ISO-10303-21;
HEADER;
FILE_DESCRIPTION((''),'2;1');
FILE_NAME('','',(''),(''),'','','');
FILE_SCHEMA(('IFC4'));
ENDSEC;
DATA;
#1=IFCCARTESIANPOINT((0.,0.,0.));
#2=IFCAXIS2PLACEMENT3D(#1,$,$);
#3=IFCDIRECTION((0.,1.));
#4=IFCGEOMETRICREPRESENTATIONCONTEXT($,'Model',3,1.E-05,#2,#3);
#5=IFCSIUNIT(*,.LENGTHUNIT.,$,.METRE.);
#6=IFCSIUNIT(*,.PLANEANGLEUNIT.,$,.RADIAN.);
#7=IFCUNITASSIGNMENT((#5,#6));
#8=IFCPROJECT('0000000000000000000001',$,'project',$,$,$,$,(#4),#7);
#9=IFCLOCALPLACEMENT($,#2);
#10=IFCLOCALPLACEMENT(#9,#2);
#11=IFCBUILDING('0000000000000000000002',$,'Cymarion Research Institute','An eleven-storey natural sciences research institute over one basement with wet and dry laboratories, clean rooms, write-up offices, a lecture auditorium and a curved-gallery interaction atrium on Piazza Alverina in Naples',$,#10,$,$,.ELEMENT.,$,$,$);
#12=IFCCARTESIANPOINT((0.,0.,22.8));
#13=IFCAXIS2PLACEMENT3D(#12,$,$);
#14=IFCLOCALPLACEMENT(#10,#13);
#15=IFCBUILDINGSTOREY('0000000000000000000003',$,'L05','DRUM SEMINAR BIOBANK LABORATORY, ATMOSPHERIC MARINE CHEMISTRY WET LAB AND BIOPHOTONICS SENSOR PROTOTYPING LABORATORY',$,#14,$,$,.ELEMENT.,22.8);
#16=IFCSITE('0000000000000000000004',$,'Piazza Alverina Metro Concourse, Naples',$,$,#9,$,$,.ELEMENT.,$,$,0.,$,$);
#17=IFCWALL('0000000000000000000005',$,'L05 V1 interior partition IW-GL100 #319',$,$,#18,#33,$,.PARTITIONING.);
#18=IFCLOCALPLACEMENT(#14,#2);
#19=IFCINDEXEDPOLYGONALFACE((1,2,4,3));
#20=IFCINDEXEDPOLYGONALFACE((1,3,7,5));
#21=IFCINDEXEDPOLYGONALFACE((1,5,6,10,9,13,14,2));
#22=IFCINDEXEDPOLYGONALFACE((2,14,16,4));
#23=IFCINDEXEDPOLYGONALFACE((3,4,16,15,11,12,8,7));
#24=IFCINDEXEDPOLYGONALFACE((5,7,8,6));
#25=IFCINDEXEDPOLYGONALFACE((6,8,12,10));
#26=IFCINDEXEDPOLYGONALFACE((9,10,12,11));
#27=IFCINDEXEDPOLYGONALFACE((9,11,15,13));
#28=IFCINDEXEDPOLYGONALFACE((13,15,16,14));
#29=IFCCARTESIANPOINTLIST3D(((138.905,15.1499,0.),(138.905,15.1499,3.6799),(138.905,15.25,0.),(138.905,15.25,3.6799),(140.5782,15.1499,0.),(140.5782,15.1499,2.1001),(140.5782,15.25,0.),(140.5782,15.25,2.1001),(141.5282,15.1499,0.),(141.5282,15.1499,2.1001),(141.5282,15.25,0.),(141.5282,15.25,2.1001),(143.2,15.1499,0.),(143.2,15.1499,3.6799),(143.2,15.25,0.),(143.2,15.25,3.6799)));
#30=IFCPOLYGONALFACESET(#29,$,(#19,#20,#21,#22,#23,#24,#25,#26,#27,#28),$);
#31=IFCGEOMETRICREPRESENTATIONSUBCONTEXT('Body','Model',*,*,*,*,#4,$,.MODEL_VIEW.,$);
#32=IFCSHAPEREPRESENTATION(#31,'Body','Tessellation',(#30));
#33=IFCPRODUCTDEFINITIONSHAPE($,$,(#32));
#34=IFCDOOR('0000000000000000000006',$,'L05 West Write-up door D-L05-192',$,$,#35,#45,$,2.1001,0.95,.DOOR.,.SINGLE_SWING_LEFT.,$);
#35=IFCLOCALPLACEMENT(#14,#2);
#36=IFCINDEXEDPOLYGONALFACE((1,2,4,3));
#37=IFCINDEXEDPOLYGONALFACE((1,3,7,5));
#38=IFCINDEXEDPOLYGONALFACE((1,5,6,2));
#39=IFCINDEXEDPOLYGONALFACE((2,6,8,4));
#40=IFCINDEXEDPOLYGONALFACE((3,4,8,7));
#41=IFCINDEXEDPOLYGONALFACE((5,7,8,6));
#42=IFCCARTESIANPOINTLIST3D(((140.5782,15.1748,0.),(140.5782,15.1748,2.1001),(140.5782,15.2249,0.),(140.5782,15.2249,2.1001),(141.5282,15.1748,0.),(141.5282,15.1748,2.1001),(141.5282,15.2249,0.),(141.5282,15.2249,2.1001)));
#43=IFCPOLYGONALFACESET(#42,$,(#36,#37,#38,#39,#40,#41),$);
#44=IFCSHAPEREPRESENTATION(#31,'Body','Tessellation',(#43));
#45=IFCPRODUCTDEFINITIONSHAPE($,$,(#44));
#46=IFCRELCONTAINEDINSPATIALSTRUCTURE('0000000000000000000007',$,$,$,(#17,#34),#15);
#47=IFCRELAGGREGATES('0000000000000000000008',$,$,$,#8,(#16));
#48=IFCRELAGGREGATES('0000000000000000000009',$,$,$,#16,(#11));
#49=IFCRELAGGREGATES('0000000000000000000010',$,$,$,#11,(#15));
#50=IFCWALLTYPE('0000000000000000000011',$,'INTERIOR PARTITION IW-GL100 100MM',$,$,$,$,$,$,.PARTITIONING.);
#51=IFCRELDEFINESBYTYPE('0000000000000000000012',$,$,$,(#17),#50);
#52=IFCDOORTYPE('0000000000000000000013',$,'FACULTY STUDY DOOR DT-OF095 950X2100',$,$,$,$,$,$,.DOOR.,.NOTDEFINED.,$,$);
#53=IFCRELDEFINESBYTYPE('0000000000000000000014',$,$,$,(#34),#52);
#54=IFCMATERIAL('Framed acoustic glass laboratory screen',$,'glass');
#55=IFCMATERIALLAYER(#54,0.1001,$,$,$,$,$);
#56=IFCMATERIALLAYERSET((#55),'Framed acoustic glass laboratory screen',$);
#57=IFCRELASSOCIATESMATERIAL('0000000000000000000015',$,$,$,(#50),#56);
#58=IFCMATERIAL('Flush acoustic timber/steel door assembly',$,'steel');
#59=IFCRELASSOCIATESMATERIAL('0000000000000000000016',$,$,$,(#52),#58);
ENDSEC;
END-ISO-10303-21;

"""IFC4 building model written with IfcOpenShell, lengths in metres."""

from ifc_helpers import new_model, si_unit, direction, frame, frame_2d, origin, place, context, subcontext, project, spatial, rectangle, extrude, material, layer, layer_set, type_object, element, fill, save


model = new_model("IFC4")

# Units and contexts
model_context = context("Model", 3, precision=1e-05, world=origin(), true_north=direction((0.0, 1.0)))
body_context = subcontext(model_context, "Body", "Model", "MODEL_VIEW")
ifc_project = project(units=[si_unit("LENGTHUNIT", "METRE"), si_unit("PLANEANGLEUNIT", "RADIAN")], contexts=[model_context])

# Site, building, storey
site_placement = place(None, origin())
site = spatial("IfcSite", under=ifc_project, at=site_placement, Name="Piazza Alverina Metro Concourse, Naples", CompositionType="ELEMENT", RefElevation=0.0)
building_placement = place(site_placement, origin())
building = spatial("IfcBuilding", under=site, at=building_placement, Name="Cymarion Research Institute", Description="An eleven-storey natural sciences research institute over one basement with wet and dry laboratories, clean rooms, write-up offices, a lecture auditorium and a curved-gallery interaction atrium on Piazza Alverina in Naples", CompositionType="ELEMENT")
storey_placement = place(building_placement, frame((0.0, 0.0, 22.8)))
storey = spatial("IfcBuildingStorey", under=building, at=storey_placement, Name="L05", Description="DRUM SEMINAR BIOBANK LABORATORY, ATMOSPHERIC MARINE CHEMISTRY WET LAB AND BIOPHOTONICS SENSOR PROTOTYPING LABORATORY", CompositionType="ELEMENT", Elevation=22.8)

# Shared definitions
ifc_material_1 = material(Name="Framed acoustic glass laboratory screen", Category="glass")
ifc_layer_1 = layer(ifc_material_1, 0.1001)
ifc_layer_set_1 = layer_set([ifc_layer_1], Name="Framed acoustic glass laboratory screen")
wall_type_1 = type_object("IfcWallType", Name="INTERIOR PARTITION IW-GL100 100MM", PredefinedType="PARTITIONING", material=ifc_layer_set_1)

# Wall, opening, door
wall_1_placement = place(storey_placement, frame((138.905, 15.2, 0.0), z_axis=(0.0, 0.0, 1.0), x_axis=(1.0, 0.0, 0.0)))
wall_1 = element("IfcWall", 1, at=wall_1_placement, inside=storey, type_object=wall_type_1, Name="L05 V1 interior partition IW-GL100 #319", PredefinedType="PARTITIONING", context=body_context, shape_type="SweptSolid", body=[
    extrude(rectangle(XDim=4.2949, YDim=0.1001, at=frame_2d((2.1475, 0.0))), origin(), (0.0, 0.0, 1.0), 3.6799),
])
opening_placement = place(wall_1_placement, frame((1.6731, 0.0, 0.0)))
opening = element("IfcOpeningElement", 2, at=opening_placement, cuts=wall_1, PredefinedType="OPENING", context=body_context, shape_type="SweptSolid", body=[
    extrude(rectangle(XDim=0.95, YDim=2.1001, at=frame_2d((0.4751, 1.05))), frame((0.0, 0.0601, 0.0), z_axis=(0.0, -1.0, 0.0), x_axis=(1.0, 0.0, 0.0)), (0.0, 0.0, 1.0), 0.1201),
])
ifc_material_2 = material(Name="Flush acoustic timber/steel door assembly", Category="steel")
door_type = type_object("IfcDoorType", Name="FACULTY STUDY DOOR DT-OF095 950X2100", OperationType="NOTDEFINED", PredefinedType="DOOR", material=ifc_material_2)
door_placement = place(opening_placement, origin())
door = element("IfcDoor", 3, at=door_placement, inside=storey, type_object=door_type, Name="L05 West Write-up door D-L05-192", OperationType="SINGLE_SWING_LEFT", OverallHeight=2.1001, OverallWidth=0.95, PredefinedType="DOOR", context=body_context, shape_type="SweptSolid", body=[
    extrude(rectangle(XDim=0.95, YDim=2.1001, at=frame_2d((0.4751, 1.05))), frame((0.0, 0.0249, 0.0), z_axis=(0.0, -1.0, 0.0), x_axis=(1.0, 0.0, 0.0)), (0.0, 0.0, 1.0), 0.05),
])
fill(opening, door)

save(model, "model.ifc")
